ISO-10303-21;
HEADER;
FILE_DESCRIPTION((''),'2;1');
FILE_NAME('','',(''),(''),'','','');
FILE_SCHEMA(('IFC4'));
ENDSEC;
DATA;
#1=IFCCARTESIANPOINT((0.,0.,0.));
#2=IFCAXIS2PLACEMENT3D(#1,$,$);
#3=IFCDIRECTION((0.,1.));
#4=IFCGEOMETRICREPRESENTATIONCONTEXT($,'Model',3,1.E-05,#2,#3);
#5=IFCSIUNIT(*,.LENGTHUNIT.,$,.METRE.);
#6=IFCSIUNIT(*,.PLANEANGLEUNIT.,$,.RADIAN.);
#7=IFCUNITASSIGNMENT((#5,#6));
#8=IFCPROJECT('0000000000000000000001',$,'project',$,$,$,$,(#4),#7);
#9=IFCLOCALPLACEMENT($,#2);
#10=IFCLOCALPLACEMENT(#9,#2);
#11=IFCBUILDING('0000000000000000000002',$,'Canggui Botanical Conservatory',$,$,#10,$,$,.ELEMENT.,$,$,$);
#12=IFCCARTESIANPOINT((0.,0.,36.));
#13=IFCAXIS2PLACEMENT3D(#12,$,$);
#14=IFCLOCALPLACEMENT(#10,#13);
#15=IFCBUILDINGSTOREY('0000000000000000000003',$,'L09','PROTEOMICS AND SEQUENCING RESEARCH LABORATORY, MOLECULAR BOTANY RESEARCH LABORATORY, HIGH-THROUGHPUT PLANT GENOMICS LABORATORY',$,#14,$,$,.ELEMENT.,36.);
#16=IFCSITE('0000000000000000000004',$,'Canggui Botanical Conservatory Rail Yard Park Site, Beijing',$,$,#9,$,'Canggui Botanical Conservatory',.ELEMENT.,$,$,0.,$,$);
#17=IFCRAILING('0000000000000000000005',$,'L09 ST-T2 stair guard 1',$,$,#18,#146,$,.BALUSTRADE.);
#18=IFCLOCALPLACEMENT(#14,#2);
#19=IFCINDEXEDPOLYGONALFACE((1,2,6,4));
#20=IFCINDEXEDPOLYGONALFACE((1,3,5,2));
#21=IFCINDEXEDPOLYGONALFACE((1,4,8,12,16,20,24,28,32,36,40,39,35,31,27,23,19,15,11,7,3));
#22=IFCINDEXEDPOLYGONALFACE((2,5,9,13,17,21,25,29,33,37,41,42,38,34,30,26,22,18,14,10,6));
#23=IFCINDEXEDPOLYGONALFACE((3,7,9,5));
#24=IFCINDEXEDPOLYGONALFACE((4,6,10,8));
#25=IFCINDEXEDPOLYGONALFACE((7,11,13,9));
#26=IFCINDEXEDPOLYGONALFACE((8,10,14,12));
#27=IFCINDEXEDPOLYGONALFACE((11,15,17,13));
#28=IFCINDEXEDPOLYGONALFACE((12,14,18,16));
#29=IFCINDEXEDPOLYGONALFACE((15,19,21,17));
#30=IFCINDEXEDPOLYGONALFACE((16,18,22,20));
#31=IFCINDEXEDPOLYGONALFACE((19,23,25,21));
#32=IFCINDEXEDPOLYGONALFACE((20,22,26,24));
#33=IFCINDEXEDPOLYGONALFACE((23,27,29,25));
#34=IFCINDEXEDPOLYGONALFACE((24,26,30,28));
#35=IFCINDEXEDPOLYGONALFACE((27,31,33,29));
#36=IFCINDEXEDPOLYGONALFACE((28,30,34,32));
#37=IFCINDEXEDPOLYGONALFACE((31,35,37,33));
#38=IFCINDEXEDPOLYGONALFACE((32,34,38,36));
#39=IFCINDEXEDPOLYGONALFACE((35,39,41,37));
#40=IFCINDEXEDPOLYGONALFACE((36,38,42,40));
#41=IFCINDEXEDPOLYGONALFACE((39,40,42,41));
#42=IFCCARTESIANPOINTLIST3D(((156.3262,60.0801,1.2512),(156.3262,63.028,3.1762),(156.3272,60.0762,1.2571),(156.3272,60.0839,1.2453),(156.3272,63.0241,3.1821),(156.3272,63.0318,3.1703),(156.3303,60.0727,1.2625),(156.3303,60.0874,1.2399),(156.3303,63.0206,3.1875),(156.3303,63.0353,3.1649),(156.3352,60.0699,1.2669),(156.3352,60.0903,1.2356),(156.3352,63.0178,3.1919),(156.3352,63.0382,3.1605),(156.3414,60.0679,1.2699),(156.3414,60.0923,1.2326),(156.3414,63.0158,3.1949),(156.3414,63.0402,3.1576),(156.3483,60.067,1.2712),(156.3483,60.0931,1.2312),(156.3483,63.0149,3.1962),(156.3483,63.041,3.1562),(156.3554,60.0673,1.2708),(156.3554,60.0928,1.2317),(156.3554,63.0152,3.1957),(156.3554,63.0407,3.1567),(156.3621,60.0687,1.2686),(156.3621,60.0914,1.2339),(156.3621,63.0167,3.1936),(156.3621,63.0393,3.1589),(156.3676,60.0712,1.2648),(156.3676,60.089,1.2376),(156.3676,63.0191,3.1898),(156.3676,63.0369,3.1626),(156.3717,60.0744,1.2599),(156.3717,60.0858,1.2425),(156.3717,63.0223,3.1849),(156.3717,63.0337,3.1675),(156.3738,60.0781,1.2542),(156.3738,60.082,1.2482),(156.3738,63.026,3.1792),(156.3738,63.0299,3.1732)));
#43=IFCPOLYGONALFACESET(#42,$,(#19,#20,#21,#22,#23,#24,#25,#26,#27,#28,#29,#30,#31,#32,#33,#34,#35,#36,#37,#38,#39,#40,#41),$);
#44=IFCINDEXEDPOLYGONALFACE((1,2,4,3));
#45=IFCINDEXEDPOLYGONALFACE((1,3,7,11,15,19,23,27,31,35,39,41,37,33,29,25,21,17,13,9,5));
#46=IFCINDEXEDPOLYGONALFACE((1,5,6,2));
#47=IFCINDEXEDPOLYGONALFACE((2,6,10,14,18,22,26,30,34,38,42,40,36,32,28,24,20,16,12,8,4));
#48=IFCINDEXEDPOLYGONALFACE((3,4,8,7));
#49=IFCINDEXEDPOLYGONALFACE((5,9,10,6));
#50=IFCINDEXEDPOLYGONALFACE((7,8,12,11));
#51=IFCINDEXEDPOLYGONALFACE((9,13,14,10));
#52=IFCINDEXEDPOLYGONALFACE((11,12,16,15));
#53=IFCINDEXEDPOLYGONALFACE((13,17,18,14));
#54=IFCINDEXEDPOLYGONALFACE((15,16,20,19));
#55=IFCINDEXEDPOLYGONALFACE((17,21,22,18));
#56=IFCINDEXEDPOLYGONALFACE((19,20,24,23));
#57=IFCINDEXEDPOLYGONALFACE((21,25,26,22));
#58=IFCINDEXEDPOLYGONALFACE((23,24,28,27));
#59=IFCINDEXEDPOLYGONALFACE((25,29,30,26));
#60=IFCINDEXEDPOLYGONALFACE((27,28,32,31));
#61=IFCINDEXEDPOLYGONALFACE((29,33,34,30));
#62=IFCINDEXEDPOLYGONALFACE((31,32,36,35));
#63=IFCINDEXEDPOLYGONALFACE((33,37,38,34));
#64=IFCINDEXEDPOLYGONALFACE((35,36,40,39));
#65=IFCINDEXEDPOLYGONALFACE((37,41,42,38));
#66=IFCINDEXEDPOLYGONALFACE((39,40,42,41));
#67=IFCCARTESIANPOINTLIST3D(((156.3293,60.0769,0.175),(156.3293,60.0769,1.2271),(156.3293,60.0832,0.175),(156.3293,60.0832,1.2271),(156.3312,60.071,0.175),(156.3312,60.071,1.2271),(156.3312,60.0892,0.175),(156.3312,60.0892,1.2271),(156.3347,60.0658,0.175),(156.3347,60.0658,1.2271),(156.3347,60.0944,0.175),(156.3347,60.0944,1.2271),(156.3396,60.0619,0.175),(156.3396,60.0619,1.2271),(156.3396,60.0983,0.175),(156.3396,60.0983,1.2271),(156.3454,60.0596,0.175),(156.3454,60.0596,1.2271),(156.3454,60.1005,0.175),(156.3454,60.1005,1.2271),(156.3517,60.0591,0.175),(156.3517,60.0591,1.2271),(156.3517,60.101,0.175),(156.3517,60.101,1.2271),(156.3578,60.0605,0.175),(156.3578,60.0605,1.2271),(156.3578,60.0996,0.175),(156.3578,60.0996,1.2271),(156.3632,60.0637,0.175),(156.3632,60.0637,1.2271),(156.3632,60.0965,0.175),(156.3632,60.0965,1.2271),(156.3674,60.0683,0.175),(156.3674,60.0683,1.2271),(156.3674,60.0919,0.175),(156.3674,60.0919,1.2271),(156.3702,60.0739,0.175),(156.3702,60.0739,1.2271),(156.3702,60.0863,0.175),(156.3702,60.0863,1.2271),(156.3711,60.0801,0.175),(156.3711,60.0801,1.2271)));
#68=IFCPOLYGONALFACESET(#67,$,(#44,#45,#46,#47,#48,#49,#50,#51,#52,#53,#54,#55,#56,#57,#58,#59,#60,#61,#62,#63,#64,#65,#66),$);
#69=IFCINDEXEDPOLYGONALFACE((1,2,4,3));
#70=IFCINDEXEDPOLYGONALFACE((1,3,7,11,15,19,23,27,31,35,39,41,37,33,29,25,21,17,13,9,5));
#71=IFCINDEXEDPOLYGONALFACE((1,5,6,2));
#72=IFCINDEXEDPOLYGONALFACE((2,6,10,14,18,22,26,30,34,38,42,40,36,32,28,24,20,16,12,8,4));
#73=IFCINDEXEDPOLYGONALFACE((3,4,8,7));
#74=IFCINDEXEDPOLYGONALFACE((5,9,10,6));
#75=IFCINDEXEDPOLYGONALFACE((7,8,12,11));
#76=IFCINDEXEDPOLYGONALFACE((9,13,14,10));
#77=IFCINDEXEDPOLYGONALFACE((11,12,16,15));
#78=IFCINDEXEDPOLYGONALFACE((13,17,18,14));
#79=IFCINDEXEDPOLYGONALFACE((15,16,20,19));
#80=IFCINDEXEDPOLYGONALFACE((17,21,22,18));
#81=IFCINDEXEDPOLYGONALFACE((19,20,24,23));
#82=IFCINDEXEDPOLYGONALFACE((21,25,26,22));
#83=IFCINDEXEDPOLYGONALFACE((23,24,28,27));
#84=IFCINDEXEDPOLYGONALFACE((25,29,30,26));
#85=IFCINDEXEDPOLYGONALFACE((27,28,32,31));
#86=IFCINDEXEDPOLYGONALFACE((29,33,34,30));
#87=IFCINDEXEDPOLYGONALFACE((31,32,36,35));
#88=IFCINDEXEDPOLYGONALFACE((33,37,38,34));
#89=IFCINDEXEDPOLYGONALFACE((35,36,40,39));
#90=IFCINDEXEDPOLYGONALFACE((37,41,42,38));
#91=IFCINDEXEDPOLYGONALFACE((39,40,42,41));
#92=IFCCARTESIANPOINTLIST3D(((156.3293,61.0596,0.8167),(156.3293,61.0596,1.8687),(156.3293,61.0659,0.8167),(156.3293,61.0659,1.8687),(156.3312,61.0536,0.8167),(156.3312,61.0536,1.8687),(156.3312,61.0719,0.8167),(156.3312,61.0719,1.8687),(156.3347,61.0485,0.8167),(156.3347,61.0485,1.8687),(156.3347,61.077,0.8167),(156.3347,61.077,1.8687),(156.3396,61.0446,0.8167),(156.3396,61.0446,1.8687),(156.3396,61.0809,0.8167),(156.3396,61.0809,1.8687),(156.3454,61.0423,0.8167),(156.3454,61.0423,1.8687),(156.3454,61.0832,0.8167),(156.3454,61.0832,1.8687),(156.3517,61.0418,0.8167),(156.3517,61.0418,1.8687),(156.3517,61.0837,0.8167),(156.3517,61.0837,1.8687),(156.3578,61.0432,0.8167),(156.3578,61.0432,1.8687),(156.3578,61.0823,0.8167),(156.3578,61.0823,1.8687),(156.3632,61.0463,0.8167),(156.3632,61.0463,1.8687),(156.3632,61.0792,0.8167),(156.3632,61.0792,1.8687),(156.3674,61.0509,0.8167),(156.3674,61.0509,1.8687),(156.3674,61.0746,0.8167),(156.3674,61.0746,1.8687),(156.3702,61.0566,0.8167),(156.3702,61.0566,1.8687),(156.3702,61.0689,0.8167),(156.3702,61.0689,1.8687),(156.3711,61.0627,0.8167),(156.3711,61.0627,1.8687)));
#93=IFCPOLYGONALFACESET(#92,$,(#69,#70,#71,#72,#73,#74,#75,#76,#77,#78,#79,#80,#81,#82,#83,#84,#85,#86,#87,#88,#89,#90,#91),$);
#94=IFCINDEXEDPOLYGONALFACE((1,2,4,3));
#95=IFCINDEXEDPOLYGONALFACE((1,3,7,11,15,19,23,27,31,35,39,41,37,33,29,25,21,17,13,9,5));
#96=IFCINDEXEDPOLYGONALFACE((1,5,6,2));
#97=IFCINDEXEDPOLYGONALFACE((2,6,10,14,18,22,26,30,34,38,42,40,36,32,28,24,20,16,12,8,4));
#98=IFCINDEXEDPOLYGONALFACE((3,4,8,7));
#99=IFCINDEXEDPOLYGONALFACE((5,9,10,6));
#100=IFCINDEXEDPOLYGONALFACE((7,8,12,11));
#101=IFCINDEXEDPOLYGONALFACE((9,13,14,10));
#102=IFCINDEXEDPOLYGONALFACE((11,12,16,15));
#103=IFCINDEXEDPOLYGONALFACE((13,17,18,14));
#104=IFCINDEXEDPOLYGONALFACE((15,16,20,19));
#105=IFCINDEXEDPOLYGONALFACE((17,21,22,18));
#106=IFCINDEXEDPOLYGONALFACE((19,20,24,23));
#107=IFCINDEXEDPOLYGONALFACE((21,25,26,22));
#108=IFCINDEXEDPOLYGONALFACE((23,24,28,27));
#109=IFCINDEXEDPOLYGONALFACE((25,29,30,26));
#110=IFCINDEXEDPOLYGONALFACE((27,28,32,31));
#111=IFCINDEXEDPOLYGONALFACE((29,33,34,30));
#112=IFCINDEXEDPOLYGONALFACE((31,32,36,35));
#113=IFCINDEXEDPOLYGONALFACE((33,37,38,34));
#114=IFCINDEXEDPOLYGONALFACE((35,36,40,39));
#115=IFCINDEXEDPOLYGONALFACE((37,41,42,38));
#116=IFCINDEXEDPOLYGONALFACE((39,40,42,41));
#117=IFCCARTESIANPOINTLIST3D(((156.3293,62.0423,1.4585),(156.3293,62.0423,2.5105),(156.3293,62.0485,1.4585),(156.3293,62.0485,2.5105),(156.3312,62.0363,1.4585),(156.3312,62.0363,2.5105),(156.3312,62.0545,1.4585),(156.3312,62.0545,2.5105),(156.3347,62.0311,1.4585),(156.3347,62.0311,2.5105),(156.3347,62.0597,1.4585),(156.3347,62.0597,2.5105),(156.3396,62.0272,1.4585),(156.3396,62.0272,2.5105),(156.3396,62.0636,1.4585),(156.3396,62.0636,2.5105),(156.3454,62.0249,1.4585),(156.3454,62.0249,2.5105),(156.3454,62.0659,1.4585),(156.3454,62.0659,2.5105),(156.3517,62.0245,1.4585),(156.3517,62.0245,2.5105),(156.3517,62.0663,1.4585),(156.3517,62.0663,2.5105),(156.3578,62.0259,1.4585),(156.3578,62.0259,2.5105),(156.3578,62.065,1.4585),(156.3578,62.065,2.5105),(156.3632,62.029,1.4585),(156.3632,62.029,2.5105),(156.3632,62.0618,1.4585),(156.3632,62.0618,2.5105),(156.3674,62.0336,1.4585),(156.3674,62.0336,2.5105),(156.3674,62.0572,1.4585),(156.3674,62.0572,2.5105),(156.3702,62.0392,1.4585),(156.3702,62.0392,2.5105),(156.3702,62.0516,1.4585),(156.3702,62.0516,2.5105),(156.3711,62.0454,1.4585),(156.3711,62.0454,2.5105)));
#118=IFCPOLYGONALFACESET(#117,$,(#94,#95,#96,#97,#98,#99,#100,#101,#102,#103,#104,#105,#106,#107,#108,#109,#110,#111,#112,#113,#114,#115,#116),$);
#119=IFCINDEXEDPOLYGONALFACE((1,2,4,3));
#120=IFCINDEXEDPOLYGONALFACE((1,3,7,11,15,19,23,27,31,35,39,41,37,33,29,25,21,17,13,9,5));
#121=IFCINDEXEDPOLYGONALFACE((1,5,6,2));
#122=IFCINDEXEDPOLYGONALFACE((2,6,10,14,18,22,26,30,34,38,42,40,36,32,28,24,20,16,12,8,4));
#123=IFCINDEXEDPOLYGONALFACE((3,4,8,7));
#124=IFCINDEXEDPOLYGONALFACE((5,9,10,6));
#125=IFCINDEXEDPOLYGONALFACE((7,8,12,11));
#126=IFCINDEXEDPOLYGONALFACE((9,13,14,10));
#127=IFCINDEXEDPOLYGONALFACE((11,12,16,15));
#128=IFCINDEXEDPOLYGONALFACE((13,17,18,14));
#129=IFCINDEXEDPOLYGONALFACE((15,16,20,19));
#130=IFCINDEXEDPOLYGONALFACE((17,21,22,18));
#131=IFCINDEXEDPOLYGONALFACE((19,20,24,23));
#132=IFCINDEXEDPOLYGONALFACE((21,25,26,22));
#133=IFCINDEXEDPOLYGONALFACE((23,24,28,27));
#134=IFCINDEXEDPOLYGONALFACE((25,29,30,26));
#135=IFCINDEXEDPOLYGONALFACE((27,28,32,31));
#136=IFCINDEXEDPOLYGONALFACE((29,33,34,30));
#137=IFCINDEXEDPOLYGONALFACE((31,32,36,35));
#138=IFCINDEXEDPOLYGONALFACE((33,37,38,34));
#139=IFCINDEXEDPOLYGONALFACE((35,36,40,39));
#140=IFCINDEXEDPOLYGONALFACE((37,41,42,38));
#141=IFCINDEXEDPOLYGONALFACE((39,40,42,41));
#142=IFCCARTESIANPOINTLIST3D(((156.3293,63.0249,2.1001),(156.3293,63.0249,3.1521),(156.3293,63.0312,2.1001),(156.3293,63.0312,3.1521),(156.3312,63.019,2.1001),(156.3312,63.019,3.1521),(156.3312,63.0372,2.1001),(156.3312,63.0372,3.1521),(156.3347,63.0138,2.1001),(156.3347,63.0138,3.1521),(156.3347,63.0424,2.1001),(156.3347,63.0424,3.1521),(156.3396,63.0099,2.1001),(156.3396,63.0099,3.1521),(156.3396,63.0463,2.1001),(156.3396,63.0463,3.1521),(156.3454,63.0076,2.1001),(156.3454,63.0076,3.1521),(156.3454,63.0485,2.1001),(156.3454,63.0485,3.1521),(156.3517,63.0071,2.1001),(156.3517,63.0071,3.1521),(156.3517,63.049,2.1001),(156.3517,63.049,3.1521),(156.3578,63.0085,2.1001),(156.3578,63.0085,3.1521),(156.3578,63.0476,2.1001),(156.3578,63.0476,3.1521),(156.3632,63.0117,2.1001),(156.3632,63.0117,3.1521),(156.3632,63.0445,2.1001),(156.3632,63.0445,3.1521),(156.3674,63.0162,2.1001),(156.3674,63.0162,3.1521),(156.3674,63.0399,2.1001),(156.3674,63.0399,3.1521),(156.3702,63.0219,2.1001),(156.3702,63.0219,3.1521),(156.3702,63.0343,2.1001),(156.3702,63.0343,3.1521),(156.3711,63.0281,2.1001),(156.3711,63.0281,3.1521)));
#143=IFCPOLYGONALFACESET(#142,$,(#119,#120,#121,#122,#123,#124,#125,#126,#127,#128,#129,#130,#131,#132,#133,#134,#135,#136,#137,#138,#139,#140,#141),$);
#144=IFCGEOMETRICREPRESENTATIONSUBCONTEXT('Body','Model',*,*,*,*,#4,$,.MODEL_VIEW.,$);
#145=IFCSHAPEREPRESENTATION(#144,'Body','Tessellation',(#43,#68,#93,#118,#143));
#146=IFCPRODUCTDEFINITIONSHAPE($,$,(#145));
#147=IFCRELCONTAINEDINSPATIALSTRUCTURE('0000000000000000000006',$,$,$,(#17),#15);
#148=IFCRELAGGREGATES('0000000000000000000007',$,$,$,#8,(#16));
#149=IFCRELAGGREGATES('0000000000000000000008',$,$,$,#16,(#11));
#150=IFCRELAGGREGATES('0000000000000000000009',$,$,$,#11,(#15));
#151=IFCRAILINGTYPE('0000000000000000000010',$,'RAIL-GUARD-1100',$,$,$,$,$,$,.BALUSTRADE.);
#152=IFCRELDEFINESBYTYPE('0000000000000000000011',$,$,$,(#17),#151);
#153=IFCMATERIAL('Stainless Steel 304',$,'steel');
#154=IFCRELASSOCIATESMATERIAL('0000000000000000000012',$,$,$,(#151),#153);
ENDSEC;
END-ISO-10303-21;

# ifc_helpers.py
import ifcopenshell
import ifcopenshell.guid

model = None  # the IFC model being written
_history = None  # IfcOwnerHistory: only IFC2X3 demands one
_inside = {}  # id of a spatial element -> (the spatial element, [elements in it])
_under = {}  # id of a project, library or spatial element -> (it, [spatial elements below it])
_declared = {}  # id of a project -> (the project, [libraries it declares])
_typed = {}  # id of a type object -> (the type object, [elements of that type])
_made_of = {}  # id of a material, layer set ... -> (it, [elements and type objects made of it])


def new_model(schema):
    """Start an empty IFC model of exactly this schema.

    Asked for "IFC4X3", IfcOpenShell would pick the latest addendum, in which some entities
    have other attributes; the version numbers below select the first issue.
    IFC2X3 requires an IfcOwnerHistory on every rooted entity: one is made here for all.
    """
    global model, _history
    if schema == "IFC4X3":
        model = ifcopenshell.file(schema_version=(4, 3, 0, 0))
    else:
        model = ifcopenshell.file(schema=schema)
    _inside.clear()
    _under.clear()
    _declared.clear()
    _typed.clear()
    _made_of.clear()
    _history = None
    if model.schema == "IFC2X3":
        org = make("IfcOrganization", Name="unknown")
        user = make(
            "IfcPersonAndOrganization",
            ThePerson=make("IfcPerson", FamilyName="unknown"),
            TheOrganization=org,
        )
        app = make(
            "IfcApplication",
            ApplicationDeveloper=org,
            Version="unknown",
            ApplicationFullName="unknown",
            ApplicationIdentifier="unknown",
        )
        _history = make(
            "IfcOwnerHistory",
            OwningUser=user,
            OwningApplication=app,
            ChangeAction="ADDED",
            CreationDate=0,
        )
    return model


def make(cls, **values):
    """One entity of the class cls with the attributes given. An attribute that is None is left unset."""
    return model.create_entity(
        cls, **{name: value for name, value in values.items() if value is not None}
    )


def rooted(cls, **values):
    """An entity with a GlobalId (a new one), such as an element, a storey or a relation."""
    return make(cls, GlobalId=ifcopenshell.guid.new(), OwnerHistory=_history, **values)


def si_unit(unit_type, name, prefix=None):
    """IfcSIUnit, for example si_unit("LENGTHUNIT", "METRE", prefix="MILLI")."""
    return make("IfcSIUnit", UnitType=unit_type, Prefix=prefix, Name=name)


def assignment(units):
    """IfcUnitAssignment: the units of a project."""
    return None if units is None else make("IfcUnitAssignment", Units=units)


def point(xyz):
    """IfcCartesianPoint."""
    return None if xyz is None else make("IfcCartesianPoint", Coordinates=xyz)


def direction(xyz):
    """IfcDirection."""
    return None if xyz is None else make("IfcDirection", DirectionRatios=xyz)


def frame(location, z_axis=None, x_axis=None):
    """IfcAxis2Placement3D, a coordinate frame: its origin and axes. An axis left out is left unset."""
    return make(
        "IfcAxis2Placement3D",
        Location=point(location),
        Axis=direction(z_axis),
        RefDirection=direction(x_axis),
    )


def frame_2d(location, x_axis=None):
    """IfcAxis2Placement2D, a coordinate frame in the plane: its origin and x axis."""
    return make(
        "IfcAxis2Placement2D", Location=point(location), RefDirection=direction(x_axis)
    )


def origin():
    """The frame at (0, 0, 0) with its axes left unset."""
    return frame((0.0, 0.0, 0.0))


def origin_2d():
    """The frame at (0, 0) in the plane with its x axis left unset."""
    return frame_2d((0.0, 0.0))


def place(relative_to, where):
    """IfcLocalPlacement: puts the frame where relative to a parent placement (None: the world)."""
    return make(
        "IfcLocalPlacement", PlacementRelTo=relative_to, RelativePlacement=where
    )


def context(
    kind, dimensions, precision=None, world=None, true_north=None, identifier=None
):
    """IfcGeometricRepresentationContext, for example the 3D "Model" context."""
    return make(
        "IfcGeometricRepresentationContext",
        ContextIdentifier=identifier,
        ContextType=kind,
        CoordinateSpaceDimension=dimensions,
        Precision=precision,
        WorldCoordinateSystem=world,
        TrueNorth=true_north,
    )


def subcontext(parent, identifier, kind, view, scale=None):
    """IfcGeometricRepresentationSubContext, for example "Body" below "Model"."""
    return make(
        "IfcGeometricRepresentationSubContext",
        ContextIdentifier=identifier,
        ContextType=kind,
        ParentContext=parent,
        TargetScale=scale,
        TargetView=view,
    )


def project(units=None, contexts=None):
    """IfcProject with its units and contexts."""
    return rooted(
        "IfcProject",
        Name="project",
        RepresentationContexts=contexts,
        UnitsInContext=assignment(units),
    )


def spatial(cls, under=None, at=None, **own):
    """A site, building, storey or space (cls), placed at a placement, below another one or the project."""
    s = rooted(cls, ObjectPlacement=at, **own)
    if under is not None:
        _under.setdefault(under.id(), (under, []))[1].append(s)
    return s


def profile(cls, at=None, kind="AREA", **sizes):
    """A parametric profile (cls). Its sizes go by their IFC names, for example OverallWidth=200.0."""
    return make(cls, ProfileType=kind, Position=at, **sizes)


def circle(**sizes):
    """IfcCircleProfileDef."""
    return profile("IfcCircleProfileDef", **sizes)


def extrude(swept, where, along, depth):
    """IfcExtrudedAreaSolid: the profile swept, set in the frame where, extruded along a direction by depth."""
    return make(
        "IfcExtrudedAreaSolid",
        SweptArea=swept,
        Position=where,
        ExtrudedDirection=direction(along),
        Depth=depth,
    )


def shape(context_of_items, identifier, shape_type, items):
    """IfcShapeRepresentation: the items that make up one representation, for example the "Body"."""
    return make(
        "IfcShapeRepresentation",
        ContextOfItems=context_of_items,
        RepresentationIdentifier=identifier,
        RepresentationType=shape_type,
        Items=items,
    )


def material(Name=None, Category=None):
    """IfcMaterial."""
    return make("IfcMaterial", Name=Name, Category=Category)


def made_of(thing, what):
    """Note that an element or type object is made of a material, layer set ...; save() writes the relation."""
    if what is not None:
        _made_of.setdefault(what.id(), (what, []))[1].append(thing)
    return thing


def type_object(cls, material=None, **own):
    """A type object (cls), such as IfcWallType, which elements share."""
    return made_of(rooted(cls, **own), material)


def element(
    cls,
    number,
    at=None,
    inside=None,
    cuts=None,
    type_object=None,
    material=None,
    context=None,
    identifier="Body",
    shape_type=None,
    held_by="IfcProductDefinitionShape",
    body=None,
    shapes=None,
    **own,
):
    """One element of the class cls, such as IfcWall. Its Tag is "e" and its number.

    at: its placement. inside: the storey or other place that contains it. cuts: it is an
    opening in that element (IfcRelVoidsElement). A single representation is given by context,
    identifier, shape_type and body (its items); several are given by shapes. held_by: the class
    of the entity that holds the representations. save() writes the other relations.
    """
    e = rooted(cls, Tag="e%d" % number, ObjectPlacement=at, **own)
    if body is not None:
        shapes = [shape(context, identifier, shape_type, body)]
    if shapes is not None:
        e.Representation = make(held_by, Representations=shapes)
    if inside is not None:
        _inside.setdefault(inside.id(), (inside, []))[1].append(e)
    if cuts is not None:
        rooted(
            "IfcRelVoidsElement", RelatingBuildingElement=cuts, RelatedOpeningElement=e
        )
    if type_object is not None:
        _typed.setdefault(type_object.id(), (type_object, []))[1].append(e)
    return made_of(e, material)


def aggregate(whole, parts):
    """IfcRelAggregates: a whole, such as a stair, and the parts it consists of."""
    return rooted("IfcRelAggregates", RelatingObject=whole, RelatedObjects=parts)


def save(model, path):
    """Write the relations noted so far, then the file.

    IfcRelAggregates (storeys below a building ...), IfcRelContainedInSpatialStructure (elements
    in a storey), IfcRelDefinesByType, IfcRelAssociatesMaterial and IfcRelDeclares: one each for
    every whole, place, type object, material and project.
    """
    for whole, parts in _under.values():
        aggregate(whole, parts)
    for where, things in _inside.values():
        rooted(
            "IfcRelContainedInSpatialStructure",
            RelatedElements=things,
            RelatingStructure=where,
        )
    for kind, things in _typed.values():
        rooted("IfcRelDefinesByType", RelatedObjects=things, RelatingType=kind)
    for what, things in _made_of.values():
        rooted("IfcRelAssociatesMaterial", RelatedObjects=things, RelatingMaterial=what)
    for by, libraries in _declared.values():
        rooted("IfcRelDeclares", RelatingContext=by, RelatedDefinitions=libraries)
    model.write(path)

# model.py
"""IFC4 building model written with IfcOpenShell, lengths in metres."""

from ifc_helpers import new_model, si_unit, direction, frame, origin, origin_2d, place, context, subcontext, project, spatial, circle, extrude, material, type_object, element, save


model = new_model("IFC4")

# Units and contexts
model_context = context("Model", 3, precision=1e-05, world=origin(), true_north=direction((0.0, 1.0)))
body_context = subcontext(model_context, "Body", "Model", "MODEL_VIEW")
ifc_project = project(units=[si_unit("LENGTHUNIT", "METRE"), si_unit("PLANEANGLEUNIT", "RADIAN")], contexts=[model_context])

# Site, building, storey
site_placement = place(None, origin())
site = spatial("IfcSite", under=ifc_project, at=site_placement, Name="Canggui Botanical Conservatory Rail Yard Park Site, Beijing", LongName="Canggui Botanical Conservatory", CompositionType="ELEMENT", RefElevation=0.0)
building_placement = place(site_placement, origin())
building = spatial("IfcBuilding", under=site, at=building_placement, Name="Canggui Botanical Conservatory", CompositionType="ELEMENT")
storey_placement = place(building_placement, frame((0.0, 0.0, 36.0)))
storey = spatial("IfcBuildingStorey", under=building, at=storey_placement, Name="L09", Description="PROTEOMICS AND SEQUENCING RESEARCH LABORATORY, MOLECULAR BOTANY RESEARCH LABORATORY, HIGH-THROUGHPUT PLANT GENOMICS LABORATORY", CompositionType="ELEMENT", Elevation=36.0)

# Railing
ifc_material_1 = material(Name="Stainless Steel 304", Category="steel")
railing_type_1 = type_object("IfcRailingType", Name="RAIL-GUARD-1100", PredefinedType="BALUSTRADE", material=ifc_material_1)
railing_1_placement = place(storey_placement, frame((156.3501, 60.0801, 0.175)))
element("IfcRailing", 1, at=railing_1_placement, inside=storey, type_object=railing_type_1, Name="L09 ST-T2 stair guard 1", PredefinedType="BALUSTRADE", context=body_context, shape_type="SweptSolid", body=[
    extrude(circle(Radius=0.0239, at=origin_2d()), frame((0.0, 0.0, 1.0762), z_axis=(0.0, 0.837293, 0.546754), x_axis=(-1.0, 0.0, 0.0)), (0.0, 0.0, 1.0), 3.5208),
    extrude(circle(Radius=0.021, at=origin_2d()), origin(), (0.0, 0.0, 1.0), 1.052),
    extrude(circle(Radius=0.021, at=origin_2d()), frame((0.0, 0.9827, 0.6416)), (0.0, 0.0, 1.0), 1.052),
    extrude(circle(Radius=0.021, at=origin_2d()), frame((0.0, 1.9653, 1.2834)), (0.0, 0.0, 1.0), 1.052),
    extrude(circle(Radius=0.021, at=origin_2d()), frame((0.0, 2.948, 1.925)), (0.0, 0.0, 1.0), 1.052),
])

save(model, "model.ifc")
